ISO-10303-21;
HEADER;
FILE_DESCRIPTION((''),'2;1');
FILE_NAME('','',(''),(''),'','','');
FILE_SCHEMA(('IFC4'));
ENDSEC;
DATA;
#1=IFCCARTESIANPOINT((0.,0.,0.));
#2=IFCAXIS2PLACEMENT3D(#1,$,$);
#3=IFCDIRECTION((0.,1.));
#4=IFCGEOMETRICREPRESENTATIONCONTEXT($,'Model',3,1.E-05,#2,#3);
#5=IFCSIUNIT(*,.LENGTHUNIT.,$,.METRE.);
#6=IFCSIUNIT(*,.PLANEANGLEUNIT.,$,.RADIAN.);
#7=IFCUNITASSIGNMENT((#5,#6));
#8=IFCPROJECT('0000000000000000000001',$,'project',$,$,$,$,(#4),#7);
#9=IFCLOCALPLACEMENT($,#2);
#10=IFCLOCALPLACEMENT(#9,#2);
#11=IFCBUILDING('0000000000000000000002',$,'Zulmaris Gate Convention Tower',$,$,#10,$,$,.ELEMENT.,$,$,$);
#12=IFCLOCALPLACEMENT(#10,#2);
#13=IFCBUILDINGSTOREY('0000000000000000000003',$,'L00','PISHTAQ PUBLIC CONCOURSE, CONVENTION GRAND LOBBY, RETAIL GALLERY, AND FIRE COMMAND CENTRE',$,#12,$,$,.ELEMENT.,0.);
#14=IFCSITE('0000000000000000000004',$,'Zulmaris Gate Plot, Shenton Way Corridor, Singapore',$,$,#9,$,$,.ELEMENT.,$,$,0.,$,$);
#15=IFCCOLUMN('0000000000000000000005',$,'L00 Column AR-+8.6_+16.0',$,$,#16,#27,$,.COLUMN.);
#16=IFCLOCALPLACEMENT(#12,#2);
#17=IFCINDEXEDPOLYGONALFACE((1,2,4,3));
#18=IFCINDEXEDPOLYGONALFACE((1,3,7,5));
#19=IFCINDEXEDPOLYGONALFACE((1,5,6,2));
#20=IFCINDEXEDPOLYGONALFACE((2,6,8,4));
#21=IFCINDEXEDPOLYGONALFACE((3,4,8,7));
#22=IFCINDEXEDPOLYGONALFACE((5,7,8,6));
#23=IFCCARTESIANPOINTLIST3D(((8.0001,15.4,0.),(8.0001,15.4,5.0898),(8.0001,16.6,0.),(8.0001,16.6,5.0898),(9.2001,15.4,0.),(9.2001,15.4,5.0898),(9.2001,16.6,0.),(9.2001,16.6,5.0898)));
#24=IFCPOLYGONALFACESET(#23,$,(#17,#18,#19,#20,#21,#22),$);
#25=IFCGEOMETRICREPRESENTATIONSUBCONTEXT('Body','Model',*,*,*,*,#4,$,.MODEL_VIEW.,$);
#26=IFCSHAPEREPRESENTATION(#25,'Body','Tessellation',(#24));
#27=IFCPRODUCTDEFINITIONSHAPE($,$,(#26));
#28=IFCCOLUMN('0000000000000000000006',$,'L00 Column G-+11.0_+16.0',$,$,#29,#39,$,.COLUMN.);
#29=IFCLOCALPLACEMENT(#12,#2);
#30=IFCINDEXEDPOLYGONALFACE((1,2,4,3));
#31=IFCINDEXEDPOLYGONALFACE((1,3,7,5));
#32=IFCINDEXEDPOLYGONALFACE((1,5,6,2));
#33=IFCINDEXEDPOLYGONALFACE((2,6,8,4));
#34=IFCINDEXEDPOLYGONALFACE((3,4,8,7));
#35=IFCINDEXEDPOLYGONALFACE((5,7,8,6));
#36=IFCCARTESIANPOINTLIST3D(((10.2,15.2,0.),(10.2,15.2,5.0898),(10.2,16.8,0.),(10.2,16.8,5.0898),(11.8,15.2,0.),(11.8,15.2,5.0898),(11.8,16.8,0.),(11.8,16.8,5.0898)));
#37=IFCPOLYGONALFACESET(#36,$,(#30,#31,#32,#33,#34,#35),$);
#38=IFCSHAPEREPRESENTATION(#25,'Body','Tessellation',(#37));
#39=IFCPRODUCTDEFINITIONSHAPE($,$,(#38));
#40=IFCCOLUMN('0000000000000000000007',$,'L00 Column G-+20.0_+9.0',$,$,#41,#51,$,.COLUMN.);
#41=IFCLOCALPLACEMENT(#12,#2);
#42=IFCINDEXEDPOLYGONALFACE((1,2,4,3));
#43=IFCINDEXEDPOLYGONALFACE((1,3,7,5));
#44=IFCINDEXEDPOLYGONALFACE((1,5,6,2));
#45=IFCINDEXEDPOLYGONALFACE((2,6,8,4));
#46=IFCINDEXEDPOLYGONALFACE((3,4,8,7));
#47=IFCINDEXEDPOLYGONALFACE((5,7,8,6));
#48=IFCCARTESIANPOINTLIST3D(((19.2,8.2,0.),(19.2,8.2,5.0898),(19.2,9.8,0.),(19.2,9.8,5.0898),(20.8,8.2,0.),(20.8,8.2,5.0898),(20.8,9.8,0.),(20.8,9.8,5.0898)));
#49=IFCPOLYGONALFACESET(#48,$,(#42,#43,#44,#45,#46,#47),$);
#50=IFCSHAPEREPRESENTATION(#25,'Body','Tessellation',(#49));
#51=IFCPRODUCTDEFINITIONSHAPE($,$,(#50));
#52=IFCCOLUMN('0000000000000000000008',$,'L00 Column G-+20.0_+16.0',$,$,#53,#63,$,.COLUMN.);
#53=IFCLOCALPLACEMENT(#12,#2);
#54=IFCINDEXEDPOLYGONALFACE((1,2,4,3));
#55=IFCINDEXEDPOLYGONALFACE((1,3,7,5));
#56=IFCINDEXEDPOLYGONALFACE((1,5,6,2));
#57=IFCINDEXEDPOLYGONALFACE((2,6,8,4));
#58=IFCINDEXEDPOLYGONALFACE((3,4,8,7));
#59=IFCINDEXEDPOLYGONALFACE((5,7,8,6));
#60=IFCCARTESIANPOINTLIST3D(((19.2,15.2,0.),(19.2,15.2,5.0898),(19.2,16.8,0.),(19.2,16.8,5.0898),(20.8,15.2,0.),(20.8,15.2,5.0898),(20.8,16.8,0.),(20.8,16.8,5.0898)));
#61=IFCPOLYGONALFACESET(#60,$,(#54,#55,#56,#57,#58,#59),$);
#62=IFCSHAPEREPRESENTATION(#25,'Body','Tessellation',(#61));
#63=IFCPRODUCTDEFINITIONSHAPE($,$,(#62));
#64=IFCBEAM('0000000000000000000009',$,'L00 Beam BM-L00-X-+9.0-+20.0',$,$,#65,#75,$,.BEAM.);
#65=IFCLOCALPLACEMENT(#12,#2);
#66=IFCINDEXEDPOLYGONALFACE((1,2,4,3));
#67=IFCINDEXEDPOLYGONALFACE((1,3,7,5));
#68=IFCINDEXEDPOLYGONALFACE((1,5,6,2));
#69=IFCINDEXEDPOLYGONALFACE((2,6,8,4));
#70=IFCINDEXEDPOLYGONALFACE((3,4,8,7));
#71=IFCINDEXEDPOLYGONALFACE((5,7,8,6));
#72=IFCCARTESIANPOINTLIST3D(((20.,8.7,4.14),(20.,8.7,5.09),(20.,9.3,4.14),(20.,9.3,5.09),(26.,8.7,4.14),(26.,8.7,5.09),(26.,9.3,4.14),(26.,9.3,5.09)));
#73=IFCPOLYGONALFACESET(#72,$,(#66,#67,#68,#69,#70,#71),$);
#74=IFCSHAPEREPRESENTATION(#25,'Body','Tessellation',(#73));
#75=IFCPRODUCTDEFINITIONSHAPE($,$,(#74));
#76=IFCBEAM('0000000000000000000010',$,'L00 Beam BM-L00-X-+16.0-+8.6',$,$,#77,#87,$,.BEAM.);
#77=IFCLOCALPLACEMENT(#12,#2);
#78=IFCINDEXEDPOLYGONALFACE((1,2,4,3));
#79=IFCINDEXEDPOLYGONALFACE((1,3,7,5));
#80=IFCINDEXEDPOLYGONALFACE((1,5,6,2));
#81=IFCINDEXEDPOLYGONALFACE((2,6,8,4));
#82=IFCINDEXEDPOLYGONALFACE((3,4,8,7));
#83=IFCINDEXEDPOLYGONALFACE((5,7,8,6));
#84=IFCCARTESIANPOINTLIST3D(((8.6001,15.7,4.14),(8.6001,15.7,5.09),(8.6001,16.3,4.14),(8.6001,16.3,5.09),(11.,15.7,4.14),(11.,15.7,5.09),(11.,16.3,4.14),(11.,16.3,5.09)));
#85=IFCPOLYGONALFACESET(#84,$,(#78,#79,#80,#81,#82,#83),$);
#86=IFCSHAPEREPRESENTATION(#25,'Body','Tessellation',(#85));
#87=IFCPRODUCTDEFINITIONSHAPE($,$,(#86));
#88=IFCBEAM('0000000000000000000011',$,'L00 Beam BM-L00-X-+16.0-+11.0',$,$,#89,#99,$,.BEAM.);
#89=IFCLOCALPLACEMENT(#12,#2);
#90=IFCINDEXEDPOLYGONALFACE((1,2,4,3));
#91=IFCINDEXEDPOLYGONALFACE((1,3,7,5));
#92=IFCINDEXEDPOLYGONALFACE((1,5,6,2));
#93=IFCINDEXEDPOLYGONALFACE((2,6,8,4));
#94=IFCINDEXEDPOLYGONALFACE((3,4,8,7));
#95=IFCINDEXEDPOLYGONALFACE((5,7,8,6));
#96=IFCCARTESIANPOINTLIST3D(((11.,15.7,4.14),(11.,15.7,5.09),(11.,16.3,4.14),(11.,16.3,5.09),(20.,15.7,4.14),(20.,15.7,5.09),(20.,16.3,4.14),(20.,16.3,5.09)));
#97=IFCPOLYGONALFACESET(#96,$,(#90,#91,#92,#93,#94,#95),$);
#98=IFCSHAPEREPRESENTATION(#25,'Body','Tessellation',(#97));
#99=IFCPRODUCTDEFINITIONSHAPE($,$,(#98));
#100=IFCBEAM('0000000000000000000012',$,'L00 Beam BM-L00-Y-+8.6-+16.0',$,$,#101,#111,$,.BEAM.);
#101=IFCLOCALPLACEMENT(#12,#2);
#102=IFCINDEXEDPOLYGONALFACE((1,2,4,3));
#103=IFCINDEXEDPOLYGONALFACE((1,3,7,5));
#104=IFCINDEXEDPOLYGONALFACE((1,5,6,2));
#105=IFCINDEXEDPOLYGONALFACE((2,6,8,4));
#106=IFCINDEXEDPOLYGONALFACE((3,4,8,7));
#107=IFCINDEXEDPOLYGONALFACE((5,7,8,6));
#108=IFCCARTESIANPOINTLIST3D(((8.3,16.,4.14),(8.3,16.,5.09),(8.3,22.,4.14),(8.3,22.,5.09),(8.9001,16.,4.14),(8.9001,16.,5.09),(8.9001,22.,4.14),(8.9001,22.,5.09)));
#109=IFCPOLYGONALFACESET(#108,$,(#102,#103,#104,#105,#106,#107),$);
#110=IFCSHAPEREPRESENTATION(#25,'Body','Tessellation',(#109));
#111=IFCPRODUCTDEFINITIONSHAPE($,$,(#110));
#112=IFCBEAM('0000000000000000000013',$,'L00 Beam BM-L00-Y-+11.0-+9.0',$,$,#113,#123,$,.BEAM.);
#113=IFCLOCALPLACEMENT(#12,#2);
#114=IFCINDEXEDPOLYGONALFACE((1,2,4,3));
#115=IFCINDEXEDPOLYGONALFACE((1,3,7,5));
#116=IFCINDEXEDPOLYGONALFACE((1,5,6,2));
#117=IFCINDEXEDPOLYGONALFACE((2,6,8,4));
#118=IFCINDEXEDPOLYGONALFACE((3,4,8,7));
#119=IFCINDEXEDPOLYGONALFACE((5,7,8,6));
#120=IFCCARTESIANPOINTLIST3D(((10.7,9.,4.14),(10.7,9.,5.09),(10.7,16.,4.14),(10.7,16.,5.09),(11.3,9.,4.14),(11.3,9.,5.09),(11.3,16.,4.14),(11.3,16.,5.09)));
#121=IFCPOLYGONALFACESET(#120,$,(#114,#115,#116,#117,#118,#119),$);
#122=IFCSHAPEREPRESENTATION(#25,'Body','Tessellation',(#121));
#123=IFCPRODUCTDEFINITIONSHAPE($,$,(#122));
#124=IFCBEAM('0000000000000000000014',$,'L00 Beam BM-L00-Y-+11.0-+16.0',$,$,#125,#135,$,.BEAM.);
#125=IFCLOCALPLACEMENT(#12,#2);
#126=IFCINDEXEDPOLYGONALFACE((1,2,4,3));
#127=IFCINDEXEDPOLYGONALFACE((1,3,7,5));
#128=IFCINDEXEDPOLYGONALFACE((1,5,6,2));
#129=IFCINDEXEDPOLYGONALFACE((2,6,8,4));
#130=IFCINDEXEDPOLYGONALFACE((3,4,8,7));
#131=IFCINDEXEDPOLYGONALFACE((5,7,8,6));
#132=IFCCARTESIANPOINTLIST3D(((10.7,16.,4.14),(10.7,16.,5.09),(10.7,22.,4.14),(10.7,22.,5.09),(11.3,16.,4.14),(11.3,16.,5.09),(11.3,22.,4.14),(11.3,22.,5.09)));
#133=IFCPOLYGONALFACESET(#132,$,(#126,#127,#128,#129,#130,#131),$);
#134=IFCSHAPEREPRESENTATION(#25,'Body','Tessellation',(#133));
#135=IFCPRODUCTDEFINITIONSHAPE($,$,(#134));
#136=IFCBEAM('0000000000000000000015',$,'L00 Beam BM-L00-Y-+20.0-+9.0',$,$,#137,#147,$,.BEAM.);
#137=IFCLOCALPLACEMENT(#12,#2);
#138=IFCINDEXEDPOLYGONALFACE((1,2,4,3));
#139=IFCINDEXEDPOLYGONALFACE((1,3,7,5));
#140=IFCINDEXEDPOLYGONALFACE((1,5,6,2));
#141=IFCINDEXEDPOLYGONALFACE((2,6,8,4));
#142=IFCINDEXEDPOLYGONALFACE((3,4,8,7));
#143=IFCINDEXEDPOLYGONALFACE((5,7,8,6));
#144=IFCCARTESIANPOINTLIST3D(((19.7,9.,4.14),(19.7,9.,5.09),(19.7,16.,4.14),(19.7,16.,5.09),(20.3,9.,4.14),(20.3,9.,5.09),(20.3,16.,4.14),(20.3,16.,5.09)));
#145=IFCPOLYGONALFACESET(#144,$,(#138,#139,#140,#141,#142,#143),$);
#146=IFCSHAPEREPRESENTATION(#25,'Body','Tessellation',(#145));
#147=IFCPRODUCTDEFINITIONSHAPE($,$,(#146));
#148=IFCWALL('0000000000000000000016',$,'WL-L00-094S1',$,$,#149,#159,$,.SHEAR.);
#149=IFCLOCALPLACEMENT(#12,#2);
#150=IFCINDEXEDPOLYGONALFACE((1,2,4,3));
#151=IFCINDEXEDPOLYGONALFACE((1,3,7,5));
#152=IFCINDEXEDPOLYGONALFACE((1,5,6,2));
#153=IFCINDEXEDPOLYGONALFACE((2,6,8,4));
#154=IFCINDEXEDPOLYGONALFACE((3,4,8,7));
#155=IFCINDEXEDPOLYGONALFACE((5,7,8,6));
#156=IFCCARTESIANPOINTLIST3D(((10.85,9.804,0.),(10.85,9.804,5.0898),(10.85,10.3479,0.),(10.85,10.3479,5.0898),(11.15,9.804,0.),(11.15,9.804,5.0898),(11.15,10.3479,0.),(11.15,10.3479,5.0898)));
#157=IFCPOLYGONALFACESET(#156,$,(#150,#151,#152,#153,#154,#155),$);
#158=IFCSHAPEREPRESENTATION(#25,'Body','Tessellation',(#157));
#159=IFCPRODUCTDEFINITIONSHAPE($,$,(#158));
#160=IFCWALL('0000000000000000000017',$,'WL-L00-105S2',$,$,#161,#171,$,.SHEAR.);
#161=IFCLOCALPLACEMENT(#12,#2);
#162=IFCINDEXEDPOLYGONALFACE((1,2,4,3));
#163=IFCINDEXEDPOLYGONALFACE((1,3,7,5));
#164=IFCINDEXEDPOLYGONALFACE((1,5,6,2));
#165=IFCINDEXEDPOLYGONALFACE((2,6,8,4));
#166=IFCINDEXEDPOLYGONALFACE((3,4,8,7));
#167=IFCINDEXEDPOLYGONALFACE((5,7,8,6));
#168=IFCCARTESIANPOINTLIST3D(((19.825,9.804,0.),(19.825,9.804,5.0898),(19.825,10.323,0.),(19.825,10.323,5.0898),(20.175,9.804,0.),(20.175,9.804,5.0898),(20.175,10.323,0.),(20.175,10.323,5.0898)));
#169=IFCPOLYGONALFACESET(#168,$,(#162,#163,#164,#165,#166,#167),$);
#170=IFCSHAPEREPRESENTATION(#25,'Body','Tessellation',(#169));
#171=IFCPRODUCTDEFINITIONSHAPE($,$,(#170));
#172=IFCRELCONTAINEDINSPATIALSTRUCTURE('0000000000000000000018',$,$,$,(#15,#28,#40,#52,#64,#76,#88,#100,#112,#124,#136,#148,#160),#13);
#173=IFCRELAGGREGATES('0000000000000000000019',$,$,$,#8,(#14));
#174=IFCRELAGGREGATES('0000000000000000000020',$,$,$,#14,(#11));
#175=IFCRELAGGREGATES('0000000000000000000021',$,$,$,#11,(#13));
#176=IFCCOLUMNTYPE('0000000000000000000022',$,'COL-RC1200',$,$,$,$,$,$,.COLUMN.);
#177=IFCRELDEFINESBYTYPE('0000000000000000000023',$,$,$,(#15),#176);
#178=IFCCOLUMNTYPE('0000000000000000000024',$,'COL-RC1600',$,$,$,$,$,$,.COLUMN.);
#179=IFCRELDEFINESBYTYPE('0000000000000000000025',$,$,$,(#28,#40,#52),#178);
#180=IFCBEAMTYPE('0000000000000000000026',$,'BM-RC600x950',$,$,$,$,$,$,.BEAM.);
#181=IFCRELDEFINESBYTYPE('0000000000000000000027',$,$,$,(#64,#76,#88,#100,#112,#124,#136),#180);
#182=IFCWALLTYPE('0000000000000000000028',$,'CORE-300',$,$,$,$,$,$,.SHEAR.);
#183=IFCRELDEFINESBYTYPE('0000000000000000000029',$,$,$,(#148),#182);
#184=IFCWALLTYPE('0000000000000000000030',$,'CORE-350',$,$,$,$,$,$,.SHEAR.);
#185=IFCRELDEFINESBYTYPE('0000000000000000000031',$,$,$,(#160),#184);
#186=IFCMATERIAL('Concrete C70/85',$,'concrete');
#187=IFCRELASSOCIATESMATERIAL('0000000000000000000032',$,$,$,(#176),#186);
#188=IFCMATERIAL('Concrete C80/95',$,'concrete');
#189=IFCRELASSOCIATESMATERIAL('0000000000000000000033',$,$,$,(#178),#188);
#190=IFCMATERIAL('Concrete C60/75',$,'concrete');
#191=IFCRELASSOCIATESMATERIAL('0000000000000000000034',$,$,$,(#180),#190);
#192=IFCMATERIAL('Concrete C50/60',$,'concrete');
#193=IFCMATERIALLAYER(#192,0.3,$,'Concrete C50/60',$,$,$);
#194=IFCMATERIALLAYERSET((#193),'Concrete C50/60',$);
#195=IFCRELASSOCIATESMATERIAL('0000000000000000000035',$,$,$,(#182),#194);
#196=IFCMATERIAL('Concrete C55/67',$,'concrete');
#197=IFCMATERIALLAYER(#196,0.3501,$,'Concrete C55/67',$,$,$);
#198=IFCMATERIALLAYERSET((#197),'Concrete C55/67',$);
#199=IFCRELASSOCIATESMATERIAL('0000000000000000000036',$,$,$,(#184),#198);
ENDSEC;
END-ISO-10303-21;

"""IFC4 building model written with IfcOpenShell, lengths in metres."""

from ifc_helpers import new_model, si_unit, direction, frame, frame_2d, origin, origin_2d, place, context, subcontext, project, spatial, rectangle, extrude, material, layer, layer_set, material_profile, profile_set, type_object, element, save


model = new_model("IFC4")

# Units and contexts
model_context = context("Model", 3, precision=1e-05, world=origin(), true_north=direction((0.0, 1.0)))
body_context = subcontext(model_context, "Body", "Model", "MODEL_VIEW")
ifc_project = project(units=[si_unit("LENGTHUNIT", "METRE"), si_unit("PLANEANGLEUNIT", "RADIAN")], contexts=[model_context])

# Site, building, storey
site_placement = place(None, origin())
site = spatial("IfcSite", under=ifc_project, at=site_placement, Name="Zulmaris Gate Plot, Shenton Way Corridor, Singapore", CompositionType="ELEMENT", RefElevation=0.0)
building_placement = place(site_placement, origin())
building = spatial("IfcBuilding", under=site, at=building_placement, Name="Zulmaris Gate Convention Tower", CompositionType="ELEMENT")
storey_placement = place(building_placement, origin())
storey = spatial("IfcBuildingStorey", under=building, at=storey_placement, Name="L00", Description="PISHTAQ PUBLIC CONCOURSE, CONVENTION GRAND LOBBY, RETAIL GALLERY, AND FIRE COMMAND CENTRE", CompositionType="ELEMENT", Elevation=0.0)

# Columns
ifc_material_1 = material(Name="Concrete C70/85", Category="concrete")
ifc_material_profile_1 = material_profile(ifc_material_1, rectangle(XDim=1.2, YDim=1.2, at=origin_2d()), Name="RC COL 1200x1200")
ifc_profile_set_1 = profile_set([ifc_material_profile_1], Name="Concrete C70/85")
column_type_1 = type_object("IfcColumnType", Name="COL-RC1200", PredefinedType="COLUMN", material=ifc_profile_set_1)
column_placement = place(storey_placement, frame((8.6001, 16.0, 0.0), z_axis=(0.0, 0.0, 1.0), x_axis=(1.0, 0.0, 0.0)))
element("IfcColumn", 1, at=column_placement, inside=storey, type_object=column_type_1, Name="L00 Column AR-+8.6_+16.0", PredefinedType="COLUMN", context=body_context, shape_type="SweptSolid", body=[
    extrude(rectangle(XDim=1.2, YDim=1.2, at=origin_2d()), origin(), (0.0, 0.0, 1.0), 5.0898),
])
ifc_material_2 = material(Name="Concrete C80/95", Category="concrete")
ifc_material_profile_2 = material_profile(ifc_material_2, rectangle(XDim=1.6001, YDim=1.6001, at=origin_2d()), Name="RC COL 1600x1600")
ifc_profile_set_2 = profile_set([ifc_material_profile_2], Name="Concrete C80/95")
column_type_2 = type_object("IfcColumnType", Name="COL-RC1600", PredefinedType="COLUMN", material=ifc_profile_set_2)
for number, where, z_axis, x_axis, name in (
    (2, (11.0, 16.0, 0.0), (0.0, 0.0, 1.0), (1.0, 0.0, 0.0), "L00 Column G-+11.0_+16.0"),
    (3, (20.0, 9.0, 0.0), (0.0, 0.0, 1.0), (1.0, 0.0, 0.0), "L00 Column G-+20.0_+9.0"),
    (4, (20.0, 16.0, 0.0), (0.0, 0.0, 1.0), (1.0, 0.0, 0.0), "L00 Column G-+20.0_+16.0"),
):
    element("IfcColumn", number, at=place(storey_placement, frame(where, z_axis=z_axis, x_axis=x_axis)), inside=storey, type_object=column_type_2, Name=name, PredefinedType="COLUMN", context=body_context, shape_type="SweptSolid", body=[
        extrude(rectangle(XDim=1.6001, YDim=1.6001, at=origin_2d()), origin(), (0.0, 0.0, 1.0), 5.0898),
    ])

# Beams
ifc_material_3 = material(Name="Concrete C60/75", Category="concrete")
ifc_material_profile_3 = material_profile(ifc_material_3, rectangle(XDim=0.6001, YDim=0.95, at=origin_2d()), Name="RC BEAM 600x950")
ifc_profile_set_3 = profile_set([ifc_material_profile_3], Name="Concrete C60/75")
beam_type = type_object("IfcBeamType", Name="BM-RC600x950", PredefinedType="BEAM", material=ifc_profile_set_3)
beam_1_placement = place(storey_placement, frame((20.0, 9.0, 4.615), z_axis=(1.0, 0.0, 0.0), x_axis=(0.0, 1.0, 0.0)))
element("IfcBeam", 5, at=beam_1_placement, inside=storey, type_object=beam_type, Name="L00 Beam BM-L00-X-+9.0-+20.0", PredefinedType="BEAM", context=body_context, shape_type="SweptSolid", body=[
    extrude(rectangle(XDim=0.6001, YDim=0.95, at=origin_2d()), origin(), (0.0, 0.0, 1.0), 6.0),
])
beam_2_placement = place(storey_placement, frame((8.6001, 16.0, 4.615), z_axis=(1.0, 0.0, 0.0), x_axis=(0.0, 1.0, 0.0)))
element("IfcBeam", 6, at=beam_2_placement, inside=storey, type_object=beam_type, Name="L00 Beam BM-L00-X-+16.0-+8.6", PredefinedType="BEAM", context=body_context, shape_type="SweptSolid", body=[
    extrude(rectangle(XDim=0.6001, YDim=0.95, at=origin_2d()), origin(), (0.0, 0.0, 1.0), 2.3999),
])
beam_3_placement = place(storey_placement, frame((11.0, 16.0, 4.615), z_axis=(1.0, 0.0, 0.0), x_axis=(0.0, 1.0, 0.0)))
element("IfcBeam", 7, at=beam_3_placement, inside=storey, type_object=beam_type, Name="L00 Beam BM-L00-X-+16.0-+11.0", PredefinedType="BEAM", context=body_context, shape_type="SweptSolid", body=[
    extrude(rectangle(XDim=0.6001, YDim=0.95, at=origin_2d()), origin(), (0.0, 0.0, 1.0), 9.0),
])
beam_4_placement = place(storey_placement, frame((8.6001, 16.0, 4.615), z_axis=(0.0, 1.0, 0.0), x_axis=(-1.0, 0.0, 0.0)))
element("IfcBeam", 8, at=beam_4_placement, inside=storey, type_object=beam_type, Name="L00 Beam BM-L00-Y-+8.6-+16.0", PredefinedType="BEAM", context=body_context, shape_type="SweptSolid", body=[
    extrude(rectangle(XDim=0.6001, YDim=0.95, at=origin_2d()), origin(), (0.0, 0.0, 1.0), 6.0),
])
beam_5_placement = place(storey_placement, frame((11.0, 9.0, 4.615), z_axis=(0.0, 1.0, 0.0), x_axis=(-1.0, 0.0, 0.0)))
element("IfcBeam", 9, at=beam_5_placement, inside=storey, type_object=beam_type, Name="L00 Beam BM-L00-Y-+11.0-+9.0", PredefinedType="BEAM", context=body_context, shape_type="SweptSolid", body=[
    extrude(rectangle(XDim=0.6001, YDim=0.95, at=origin_2d()), origin(), (0.0, 0.0, 1.0), 7.0),
])
beam_6_placement = place(storey_placement, frame((11.0, 16.0, 4.615), z_axis=(0.0, 1.0, 0.0), x_axis=(-1.0, 0.0, 0.0)))
element("IfcBeam", 10, at=beam_6_placement, inside=storey, type_object=beam_type, Name="L00 Beam BM-L00-Y-+11.0-+16.0", PredefinedType="BEAM", context=body_context, shape_type="SweptSolid", body=[
    extrude(rectangle(XDim=0.6001, YDim=0.95, at=origin_2d()), origin(), (0.0, 0.0, 1.0), 6.0),
])
beam_7_placement = place(storey_placement, frame((20.0, 9.0, 4.615), z_axis=(0.0, 1.0, 0.0), x_axis=(-1.0, 0.0, 0.0)))
element("IfcBeam", 11, at=beam_7_placement, inside=storey, type_object=beam_type, Name="L00 Beam BM-L00-Y-+20.0-+9.0", PredefinedType="BEAM", context=body_context, shape_type="SweptSolid", body=[
    extrude(rectangle(XDim=0.6001, YDim=0.95, at=origin_2d()), origin(), (0.0, 0.0, 1.0), 7.0),
])

# Shared definitions
ifc_material_4 = material(Name="Concrete C50/60", Category="concrete")
ifc_layer_1 = layer(ifc_material_4, 0.3, Name="Concrete C50/60")
ifc_layer_set_1 = layer_set([ifc_layer_1], Name="Concrete C50/60")
wall_type_1 = type_object("IfcWallType", Name="CORE-300", PredefinedType="SHEAR", material=ifc_layer_set_1)

# Wall
wall_1_placement = place(storey_placement, frame((11.0, 9.804, 0.0), z_axis=(0.0, 0.0, 1.0), x_axis=(0.0, 1.0, 0.0)))
element("IfcWall", 12, at=wall_1_placement, inside=storey, type_object=wall_type_1, Name="WL-L00-094S1", PredefinedType="SHEAR", context=body_context, shape_type="SweptSolid", body=[
    extrude(rectangle(XDim=0.5439, YDim=0.3, at=frame_2d((0.272, 0.0))), origin(), (0.0, 0.0, 1.0), 5.0898),
])

# Shared definitions
ifc_material_5 = material(Name="Concrete C55/67", Category="concrete")
ifc_layer_2 = layer(ifc_material_5, 0.3501, Name="Concrete C55/67")
ifc_layer_set_2 = layer_set([ifc_layer_2], Name="Concrete C55/67")
wall_type_2 = type_object("IfcWallType", Name="CORE-350", PredefinedType="SHEAR", material=ifc_layer_set_2)

# Wall
wall_2_placement = place(storey_placement, frame((20.0, 9.804, 0.0), z_axis=(0.0, 0.0, 1.0), x_axis=(0.0, 1.0, 0.0)))
element("IfcWall", 13, at=wall_2_placement, inside=storey, type_object=wall_type_2, Name="WL-L00-105S2", PredefinedType="SHEAR", context=body_context, shape_type="SweptSolid", body=[
    extrude(rectangle(XDim=0.519, YDim=0.3501, at=frame_2d((0.2595, 0.0))), origin(), (0.0, 0.0, 1.0), 5.0898),
])

save(model, "model.ifc")
